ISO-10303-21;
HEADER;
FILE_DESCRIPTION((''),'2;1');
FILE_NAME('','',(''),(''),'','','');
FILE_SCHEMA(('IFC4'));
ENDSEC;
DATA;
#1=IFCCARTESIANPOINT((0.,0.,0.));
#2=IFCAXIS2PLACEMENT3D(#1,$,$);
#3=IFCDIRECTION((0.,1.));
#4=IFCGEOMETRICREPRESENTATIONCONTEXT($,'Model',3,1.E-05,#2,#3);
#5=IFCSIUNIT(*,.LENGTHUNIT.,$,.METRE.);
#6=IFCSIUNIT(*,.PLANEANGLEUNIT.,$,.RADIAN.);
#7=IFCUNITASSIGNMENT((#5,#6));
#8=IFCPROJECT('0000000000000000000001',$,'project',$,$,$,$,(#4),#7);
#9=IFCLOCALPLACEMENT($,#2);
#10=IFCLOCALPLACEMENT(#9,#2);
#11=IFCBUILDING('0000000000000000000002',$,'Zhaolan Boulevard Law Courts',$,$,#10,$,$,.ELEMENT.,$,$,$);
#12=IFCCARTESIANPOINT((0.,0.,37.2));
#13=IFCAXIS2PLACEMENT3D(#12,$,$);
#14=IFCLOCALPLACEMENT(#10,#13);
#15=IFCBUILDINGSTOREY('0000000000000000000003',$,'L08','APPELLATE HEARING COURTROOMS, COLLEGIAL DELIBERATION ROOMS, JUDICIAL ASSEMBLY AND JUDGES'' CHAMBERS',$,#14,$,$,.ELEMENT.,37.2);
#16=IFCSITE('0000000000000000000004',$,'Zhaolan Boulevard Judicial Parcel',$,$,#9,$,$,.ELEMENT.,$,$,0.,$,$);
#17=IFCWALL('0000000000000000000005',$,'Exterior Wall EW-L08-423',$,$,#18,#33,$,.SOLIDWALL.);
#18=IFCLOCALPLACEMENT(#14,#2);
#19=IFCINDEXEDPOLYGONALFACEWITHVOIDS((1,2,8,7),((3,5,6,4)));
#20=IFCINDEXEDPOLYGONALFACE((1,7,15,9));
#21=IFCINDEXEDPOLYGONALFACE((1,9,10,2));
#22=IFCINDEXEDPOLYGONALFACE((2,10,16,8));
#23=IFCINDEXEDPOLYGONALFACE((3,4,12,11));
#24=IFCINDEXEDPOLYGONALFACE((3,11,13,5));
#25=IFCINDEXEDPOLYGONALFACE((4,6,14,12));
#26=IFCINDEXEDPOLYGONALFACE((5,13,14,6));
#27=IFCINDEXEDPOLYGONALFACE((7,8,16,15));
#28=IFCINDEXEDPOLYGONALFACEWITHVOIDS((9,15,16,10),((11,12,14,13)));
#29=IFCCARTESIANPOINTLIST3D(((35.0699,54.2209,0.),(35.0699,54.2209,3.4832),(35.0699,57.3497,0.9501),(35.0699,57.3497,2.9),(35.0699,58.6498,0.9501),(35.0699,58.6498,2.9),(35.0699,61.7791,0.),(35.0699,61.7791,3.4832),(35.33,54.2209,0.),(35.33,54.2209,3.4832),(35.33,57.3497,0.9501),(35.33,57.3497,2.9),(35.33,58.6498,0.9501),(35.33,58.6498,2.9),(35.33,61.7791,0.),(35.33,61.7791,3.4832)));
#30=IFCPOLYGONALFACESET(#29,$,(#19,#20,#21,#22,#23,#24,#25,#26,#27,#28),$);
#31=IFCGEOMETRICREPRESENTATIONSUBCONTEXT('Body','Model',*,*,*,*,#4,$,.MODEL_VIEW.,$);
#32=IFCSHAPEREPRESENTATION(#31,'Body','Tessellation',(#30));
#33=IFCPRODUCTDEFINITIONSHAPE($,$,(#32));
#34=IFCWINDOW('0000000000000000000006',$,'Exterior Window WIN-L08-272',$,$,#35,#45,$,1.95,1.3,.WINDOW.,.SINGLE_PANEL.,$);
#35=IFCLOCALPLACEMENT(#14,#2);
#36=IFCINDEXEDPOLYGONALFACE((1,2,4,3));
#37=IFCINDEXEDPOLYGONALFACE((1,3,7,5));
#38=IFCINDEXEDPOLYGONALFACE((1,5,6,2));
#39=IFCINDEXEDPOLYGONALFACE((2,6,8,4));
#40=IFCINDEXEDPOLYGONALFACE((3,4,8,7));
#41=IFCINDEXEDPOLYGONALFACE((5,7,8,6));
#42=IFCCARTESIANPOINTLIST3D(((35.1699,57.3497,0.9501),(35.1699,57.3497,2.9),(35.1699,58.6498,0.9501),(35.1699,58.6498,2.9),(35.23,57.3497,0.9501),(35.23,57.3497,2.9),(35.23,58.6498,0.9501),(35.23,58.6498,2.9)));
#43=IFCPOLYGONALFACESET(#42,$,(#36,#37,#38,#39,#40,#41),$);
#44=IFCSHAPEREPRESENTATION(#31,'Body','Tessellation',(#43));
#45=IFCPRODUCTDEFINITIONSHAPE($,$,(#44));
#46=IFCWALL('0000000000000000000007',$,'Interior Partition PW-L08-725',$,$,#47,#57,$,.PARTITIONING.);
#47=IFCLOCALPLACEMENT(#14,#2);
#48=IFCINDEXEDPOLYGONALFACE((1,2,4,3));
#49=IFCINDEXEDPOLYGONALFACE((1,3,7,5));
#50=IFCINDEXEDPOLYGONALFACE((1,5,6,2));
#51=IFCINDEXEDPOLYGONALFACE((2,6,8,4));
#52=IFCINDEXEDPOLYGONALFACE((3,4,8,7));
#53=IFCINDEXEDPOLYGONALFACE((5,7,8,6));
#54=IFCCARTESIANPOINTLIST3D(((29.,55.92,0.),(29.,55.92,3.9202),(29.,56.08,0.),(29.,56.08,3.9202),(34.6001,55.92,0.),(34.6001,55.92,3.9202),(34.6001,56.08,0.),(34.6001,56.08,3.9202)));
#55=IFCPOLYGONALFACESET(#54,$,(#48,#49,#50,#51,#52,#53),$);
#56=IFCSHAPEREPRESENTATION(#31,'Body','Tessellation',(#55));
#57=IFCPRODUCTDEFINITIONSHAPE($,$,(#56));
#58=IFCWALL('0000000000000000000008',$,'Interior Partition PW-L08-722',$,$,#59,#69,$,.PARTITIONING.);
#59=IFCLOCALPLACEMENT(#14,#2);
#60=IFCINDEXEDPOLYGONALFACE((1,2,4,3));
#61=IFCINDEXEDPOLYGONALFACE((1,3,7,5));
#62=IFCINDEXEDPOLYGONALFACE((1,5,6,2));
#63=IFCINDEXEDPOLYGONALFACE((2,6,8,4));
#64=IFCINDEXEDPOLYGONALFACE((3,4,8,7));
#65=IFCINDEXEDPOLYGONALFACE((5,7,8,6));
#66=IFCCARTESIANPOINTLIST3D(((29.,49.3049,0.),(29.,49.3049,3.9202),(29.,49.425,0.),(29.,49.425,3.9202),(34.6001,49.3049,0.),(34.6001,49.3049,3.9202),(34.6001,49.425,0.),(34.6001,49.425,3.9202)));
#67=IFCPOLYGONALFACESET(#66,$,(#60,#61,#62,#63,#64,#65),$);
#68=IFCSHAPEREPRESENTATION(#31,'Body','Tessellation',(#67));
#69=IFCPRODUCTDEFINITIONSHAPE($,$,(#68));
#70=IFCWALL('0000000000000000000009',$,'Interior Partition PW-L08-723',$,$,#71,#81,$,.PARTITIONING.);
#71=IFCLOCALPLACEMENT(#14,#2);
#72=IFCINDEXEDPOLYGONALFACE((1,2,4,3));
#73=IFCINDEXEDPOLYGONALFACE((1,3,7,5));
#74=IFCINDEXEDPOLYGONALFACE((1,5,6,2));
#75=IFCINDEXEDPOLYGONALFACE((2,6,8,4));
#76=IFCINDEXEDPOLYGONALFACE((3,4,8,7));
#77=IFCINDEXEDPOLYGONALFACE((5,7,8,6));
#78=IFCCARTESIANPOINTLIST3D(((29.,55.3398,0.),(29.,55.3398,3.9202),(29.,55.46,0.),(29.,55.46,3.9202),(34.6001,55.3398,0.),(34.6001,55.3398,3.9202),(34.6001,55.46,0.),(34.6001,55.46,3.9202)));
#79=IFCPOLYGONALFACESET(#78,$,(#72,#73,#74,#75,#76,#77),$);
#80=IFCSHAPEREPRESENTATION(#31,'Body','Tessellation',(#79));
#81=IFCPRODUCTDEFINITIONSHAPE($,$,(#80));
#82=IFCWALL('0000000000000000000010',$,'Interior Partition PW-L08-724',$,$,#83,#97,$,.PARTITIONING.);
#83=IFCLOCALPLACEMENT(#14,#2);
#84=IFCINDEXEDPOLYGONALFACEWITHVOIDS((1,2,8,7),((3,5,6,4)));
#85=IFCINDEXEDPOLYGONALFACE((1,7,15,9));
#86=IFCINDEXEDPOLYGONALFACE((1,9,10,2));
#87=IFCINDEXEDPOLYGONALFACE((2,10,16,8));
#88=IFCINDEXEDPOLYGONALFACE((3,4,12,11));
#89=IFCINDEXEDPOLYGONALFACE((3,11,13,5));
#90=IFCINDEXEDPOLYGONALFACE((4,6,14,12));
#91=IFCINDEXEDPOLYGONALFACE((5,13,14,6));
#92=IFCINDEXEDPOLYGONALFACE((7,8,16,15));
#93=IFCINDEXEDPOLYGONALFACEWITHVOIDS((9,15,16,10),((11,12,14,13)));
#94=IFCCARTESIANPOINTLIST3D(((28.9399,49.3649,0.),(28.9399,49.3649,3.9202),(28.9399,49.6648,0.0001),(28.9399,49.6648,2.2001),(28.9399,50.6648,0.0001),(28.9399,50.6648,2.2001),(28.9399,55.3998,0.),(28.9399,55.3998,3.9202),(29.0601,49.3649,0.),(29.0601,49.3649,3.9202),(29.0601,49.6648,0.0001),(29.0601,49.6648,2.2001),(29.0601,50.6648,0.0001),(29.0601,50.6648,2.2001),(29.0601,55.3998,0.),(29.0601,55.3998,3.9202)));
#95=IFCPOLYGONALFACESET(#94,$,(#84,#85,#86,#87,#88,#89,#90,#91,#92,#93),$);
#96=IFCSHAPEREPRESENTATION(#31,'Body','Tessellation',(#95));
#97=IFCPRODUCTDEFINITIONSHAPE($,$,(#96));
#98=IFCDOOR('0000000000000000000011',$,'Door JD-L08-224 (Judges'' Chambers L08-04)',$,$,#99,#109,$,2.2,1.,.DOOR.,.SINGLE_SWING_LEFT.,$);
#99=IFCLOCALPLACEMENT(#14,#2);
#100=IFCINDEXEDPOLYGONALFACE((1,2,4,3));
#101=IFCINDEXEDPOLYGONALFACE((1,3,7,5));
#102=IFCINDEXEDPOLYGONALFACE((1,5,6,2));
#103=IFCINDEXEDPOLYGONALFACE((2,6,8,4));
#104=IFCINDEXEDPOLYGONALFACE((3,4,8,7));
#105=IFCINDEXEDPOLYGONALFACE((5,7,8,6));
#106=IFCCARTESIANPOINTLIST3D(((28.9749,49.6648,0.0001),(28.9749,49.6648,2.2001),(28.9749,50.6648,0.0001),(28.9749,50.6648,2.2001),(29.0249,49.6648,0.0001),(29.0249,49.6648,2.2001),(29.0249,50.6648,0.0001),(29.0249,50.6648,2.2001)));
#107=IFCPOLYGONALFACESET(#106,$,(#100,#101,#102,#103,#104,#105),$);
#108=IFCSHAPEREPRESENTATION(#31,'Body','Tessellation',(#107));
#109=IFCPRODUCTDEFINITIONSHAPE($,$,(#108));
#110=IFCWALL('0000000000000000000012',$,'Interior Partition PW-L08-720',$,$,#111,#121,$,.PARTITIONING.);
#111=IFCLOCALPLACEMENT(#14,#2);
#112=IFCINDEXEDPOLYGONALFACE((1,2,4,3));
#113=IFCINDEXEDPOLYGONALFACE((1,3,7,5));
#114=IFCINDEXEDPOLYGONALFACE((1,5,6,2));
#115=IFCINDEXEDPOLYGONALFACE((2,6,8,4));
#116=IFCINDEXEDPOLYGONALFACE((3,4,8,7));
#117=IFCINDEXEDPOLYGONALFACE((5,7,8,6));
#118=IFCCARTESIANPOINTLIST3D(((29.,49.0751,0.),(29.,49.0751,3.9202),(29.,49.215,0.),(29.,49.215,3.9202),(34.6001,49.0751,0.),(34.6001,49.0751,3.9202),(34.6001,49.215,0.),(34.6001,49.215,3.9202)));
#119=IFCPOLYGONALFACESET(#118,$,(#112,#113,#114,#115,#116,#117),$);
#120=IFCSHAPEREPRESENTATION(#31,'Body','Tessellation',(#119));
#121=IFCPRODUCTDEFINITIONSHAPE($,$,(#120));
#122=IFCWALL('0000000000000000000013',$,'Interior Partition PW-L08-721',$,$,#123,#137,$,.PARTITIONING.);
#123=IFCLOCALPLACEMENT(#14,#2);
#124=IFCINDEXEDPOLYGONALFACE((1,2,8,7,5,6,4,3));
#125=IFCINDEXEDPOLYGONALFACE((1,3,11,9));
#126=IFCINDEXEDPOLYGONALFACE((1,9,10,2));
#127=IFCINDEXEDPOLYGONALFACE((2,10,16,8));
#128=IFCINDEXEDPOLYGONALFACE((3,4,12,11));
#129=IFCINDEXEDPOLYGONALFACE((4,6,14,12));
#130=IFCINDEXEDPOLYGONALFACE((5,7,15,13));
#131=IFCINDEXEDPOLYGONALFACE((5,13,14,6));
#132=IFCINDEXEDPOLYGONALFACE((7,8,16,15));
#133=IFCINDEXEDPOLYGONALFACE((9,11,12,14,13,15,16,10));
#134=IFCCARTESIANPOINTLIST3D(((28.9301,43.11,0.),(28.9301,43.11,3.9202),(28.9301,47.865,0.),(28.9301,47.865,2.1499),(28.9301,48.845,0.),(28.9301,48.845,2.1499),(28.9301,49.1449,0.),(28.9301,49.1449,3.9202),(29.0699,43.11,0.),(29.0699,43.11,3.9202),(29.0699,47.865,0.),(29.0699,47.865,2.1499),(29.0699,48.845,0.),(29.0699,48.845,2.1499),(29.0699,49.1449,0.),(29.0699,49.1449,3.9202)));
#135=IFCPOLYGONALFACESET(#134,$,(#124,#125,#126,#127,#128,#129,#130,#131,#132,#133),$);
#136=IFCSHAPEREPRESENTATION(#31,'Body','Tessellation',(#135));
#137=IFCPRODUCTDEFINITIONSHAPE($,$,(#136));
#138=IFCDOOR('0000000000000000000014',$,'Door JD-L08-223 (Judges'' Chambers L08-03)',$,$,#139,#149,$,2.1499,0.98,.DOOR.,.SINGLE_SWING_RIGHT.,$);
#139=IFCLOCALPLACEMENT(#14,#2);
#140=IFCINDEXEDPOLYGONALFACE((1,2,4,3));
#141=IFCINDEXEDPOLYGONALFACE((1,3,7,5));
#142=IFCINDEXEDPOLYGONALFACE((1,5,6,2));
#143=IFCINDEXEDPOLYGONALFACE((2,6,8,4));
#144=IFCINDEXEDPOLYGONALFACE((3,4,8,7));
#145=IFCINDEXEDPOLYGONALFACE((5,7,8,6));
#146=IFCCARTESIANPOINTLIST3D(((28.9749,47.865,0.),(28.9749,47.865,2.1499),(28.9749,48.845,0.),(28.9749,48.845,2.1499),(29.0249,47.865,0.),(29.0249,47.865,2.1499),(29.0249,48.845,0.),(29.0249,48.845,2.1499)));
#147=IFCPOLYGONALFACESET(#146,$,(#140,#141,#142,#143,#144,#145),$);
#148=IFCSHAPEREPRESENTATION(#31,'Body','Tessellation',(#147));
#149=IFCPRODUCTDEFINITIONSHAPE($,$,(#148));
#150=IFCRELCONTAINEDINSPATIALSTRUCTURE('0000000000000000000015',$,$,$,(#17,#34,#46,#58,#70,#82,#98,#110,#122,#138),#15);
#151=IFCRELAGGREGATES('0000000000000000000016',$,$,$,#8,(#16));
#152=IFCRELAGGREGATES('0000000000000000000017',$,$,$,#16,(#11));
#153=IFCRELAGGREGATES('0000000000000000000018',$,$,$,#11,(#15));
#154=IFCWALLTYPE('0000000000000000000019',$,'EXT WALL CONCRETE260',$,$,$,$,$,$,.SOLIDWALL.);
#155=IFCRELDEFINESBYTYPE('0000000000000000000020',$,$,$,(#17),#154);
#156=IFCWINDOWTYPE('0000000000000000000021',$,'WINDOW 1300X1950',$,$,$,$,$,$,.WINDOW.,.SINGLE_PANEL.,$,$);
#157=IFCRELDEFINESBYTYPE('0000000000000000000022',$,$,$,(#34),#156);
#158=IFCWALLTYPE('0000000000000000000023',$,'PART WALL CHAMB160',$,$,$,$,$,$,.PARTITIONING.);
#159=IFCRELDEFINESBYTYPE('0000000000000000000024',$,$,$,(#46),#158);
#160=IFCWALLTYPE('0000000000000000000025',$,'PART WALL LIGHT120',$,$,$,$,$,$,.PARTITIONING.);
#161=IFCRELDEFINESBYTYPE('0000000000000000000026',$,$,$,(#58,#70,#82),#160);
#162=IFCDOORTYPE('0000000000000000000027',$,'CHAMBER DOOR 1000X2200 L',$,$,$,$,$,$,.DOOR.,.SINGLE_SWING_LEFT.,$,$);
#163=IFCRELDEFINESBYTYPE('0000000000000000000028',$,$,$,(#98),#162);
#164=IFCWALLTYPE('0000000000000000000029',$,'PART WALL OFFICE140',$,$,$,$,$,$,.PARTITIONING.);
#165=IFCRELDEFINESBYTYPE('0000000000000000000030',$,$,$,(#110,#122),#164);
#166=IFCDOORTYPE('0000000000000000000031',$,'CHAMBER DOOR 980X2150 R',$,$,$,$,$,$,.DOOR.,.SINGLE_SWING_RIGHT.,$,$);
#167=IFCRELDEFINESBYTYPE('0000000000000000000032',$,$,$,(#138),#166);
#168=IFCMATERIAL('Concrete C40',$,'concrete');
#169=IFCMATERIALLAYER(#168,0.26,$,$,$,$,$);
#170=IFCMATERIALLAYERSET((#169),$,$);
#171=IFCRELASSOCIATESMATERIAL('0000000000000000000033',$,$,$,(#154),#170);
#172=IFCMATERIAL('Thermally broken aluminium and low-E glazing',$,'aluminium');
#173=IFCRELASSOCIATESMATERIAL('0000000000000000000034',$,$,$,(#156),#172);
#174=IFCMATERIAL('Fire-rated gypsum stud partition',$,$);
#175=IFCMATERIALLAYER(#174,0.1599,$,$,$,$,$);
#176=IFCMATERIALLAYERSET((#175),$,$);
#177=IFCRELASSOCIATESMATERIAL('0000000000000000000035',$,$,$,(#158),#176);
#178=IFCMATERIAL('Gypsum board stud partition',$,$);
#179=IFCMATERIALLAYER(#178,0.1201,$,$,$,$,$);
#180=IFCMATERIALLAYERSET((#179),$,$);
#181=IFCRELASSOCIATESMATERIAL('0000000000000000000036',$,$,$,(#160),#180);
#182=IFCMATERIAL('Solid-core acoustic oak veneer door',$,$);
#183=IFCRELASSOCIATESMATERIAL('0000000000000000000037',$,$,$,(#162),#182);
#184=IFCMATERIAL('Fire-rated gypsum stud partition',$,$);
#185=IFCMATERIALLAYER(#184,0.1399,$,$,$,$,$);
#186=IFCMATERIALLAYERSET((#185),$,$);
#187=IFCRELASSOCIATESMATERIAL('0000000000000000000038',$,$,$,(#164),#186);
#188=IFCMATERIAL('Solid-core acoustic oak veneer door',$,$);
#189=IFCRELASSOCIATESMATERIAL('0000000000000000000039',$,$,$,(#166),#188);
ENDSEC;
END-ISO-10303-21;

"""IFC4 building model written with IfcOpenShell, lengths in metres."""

from ifc_helpers import new_model, si_unit, direction, frame, frame_2d, origin, place, context, subcontext, project, spatial, rectangle, extrude, material, layer, layer_set, type_object, element, fill, save


model = new_model("IFC4")

# Units and contexts
model_context = context("Model", 3, precision=1e-05, world=origin(), true_north=direction((0.0, 1.0)))
body_context = subcontext(model_context, "Body", "Model", "MODEL_VIEW")
ifc_project = project(units=[si_unit("LENGTHUNIT", "METRE"), si_unit("PLANEANGLEUNIT", "RADIAN")], contexts=[model_context])

# Site, building, storey
site_placement = place(None, origin())
site = spatial("IfcSite", under=ifc_project, at=site_placement, Name="Zhaolan Boulevard Judicial Parcel", CompositionType="ELEMENT", RefElevation=0.0)
building_placement = place(site_placement, origin())
building = spatial("IfcBuilding", under=site, at=building_placement, Name="Zhaolan Boulevard Law Courts", CompositionType="ELEMENT")
storey_placement = place(building_placement, frame((0.0, 0.0, 37.2)))
storey = spatial("IfcBuildingStorey", under=building, at=storey_placement, Name="L08", Description="APPELLATE HEARING COURTROOMS, COLLEGIAL DELIBERATION ROOMS, JUDICIAL ASSEMBLY AND JUDGES' CHAMBERS", CompositionType="ELEMENT", Elevation=37.2)

# Wall, opening, window
ifc_material_1 = material(Name="Concrete C40", Category="concrete")
ifc_layer_1 = layer(ifc_material_1, 0.26)
ifc_layer_set_1 = layer_set([ifc_layer_1])
wall_type_1 = type_object("IfcWallType", Name="EXT WALL CONCRETE260", PredefinedType="SOLIDWALL", material=ifc_layer_set_1)
wall_1_placement = place(storey_placement, frame((35.2, 54.2209, 0.0), z_axis=(0.0, 0.0, 1.0), x_axis=(0.0, 1.0, 0.0)))
wall_1 = element("IfcWall", 1, at=wall_1_placement, inside=storey, type_object=wall_type_1, Name="Exterior Wall EW-L08-423", PredefinedType="SOLIDWALL", context=body_context, shape_type="SweptSolid", body=[
    extrude(rectangle(XDim=7.5581, YDim=0.26, at=frame_2d((3.7791, 0.0))), origin(), (0.0, 0.0, 1.0), 3.4832),
])
opening_1_placement = place(wall_1_placement, frame((3.1289, 0.0, 0.95)))
opening_1 = element("IfcOpeningElement", 2, at=opening_1_placement, cuts=wall_1, PredefinedType="OPENING", context=body_context, shape_type="SweptSolid", body=[
    extrude(rectangle(XDim=1.3, YDim=1.95, at=frame_2d((0.6499, 0.9751))), frame((0.0, 0.1399, 0.0), z_axis=(0.0, -1.0, 0.0), x_axis=(1.0, 0.0, 0.0)), (0.0, 0.0, 1.0), 0.28),
])
ifc_material_2 = material(Name="Thermally broken aluminium and low-E glazing", Category="aluminium")
window_type = type_object("IfcWindowType", Name="WINDOW 1300X1950", PartitioningType="SINGLE_PANEL", PredefinedType="WINDOW", material=ifc_material_2)
window_placement = place(opening_1_placement, origin())
window = element("IfcWindow", 3, at=window_placement, inside=storey, type_object=window_type, Name="Exterior Window WIN-L08-272", OverallHeight=1.95, OverallWidth=1.3, PartitioningType="SINGLE_PANEL", PredefinedType="WINDOW", context=body_context, shape_type="SweptSolid", body=[
    extrude(rectangle(XDim=1.3, YDim=1.95, at=frame_2d((0.6499, 0.9751))), frame((0.0, 0.03, 0.0), z_axis=(0.0, -1.0, 0.0), x_axis=(1.0, 0.0, 0.0)), (0.0, 0.0, 1.0), 0.0601),
])
fill(opening_1, window)

# Walls
ifc_material_3 = material(Name="Fire-rated gypsum stud partition")
ifc_layer_2 = layer(ifc_material_3, 0.1599)
ifc_layer_set_2 = layer_set([ifc_layer_2])
wall_type_2 = type_object("IfcWallType", Name="PART WALL CHAMB160", PredefinedType="PARTITIONING", material=ifc_layer_set_2)
wall_2_placement = place(storey_placement, frame((29.0, 56.0, 0.0), z_axis=(0.0, 0.0, 1.0), x_axis=(1.0, 0.0, 0.0)))
element("IfcWall", 4, at=wall_2_placement, inside=storey, type_object=wall_type_2, Name="Interior Partition PW-L08-725", PredefinedType="PARTITIONING", context=body_context, shape_type="SweptSolid", body=[
    extrude(rectangle(XDim=5.6001, YDim=0.1599, at=frame_2d((2.8, 0.0))), origin(), (0.0, 0.0, 1.0), 3.9202),
])
ifc_material_4 = material(Name="Gypsum board stud partition")
ifc_layer_3 = layer(ifc_material_4, 0.1201)
ifc_layer_set_3 = layer_set([ifc_layer_3])
wall_type_3 = type_object("IfcWallType", Name="PART WALL LIGHT120", PredefinedType="PARTITIONING", material=ifc_layer_set_3)
for number, where, z_axis, x_axis, name in (
    (5, (29.0, 49.365, 0.0), (0.0, 0.0, 1.0), (1.0, 0.0, 0.0), "Interior Partition PW-L08-722"),
    (6, (34.6001, 55.3999, 0.0), (0.0, 0.0, 1.0), (-1.0, 0.0, 0.0), "Interior Partition PW-L08-723"),
):
    element("IfcWall", number, at=place(storey_placement, frame(where, z_axis=z_axis, x_axis=x_axis)), inside=storey, type_object=wall_type_3, Name=name, PredefinedType="PARTITIONING", context=body_context, shape_type="SweptSolid", body=[
        extrude(rectangle(XDim=5.6001, YDim=0.1201, at=frame_2d((2.8, 0.0))), origin(), (0.0, 0.0, 1.0), 3.9202),
    ])

# Wall, opening, door
wall_3_placement = place(storey_placement, frame((29.0, 55.3999, 0.0), z_axis=(0.0, 0.0, 1.0), x_axis=(0.0, -1.0, 0.0)))
wall_3 = element("IfcWall", 7, at=wall_3_placement, inside=storey, type_object=wall_type_3, Name="Interior Partition PW-L08-724", PredefinedType="PARTITIONING", context=body_context, shape_type="SweptSolid", body=[
    extrude(rectangle(XDim=6.0349, YDim=0.1201, at=frame_2d((3.0176, 0.0))), origin(), (0.0, 0.0, 1.0), 3.9202),
])
opening_2_placement = place(wall_3_placement, frame((4.7351, 0.0, 0.0)))
opening_2 = element("IfcOpeningElement", 8, at=opening_2_placement, cuts=wall_3, PredefinedType="OPENING", context=body_context, shape_type="SweptSolid", body=[
    extrude(rectangle(XDim=1.0, YDim=2.2, at=frame_2d((0.5, 1.1001))), frame((0.0, 0.0701, 0.0), z_axis=(0.0, -1.0, 0.0), x_axis=(1.0, 0.0, 0.0)), (0.0, 0.0, 1.0), 0.1401),
])
ifc_material_5 = material(Name="Solid-core acoustic oak veneer door")
door_type_1 = type_object("IfcDoorType", Name="CHAMBER DOOR 1000X2200 L", OperationType="SINGLE_SWING_LEFT", PredefinedType="DOOR", material=ifc_material_5)
door_1_placement = place(opening_2_placement, origin())
door_1 = element("IfcDoor", 9, at=door_1_placement, inside=storey, type_object=door_type_1, Name="Door JD-L08-224 (Judges' Chambers L08-04)", OperationType="SINGLE_SWING_LEFT", OverallHeight=2.2, OverallWidth=1.0, PredefinedType="DOOR", context=body_context, shape_type="SweptSolid", body=[
    extrude(rectangle(XDim=1.0, YDim=2.2, at=frame_2d((0.5, 1.1001))), frame((0.0, 0.0249, 0.0), z_axis=(0.0, -1.0, 0.0), x_axis=(1.0, 0.0, 0.0)), (0.0, 0.0, 1.0), 0.05),
])
fill(opening_2, door_1)

# Wall
ifc_material_6 = material(Name="Fire-rated gypsum stud partition")
ifc_layer_4 = layer(ifc_material_6, 0.1399)
ifc_layer_set_4 = layer_set([ifc_layer_4])
wall_type_4 = type_object("IfcWallType", Name="PART WALL OFFICE140", PredefinedType="PARTITIONING", material=ifc_layer_set_4)
wall_4_placement = place(storey_placement, frame((34.6001, 49.145, 0.0), z_axis=(0.0, 0.0, 1.0), x_axis=(-1.0, 0.0, 0.0)))
element("IfcWall", 10, at=wall_4_placement, inside=storey, type_object=wall_type_4, Name="Interior Partition PW-L08-720", PredefinedType="PARTITIONING", context=body_context, shape_type="SweptSolid", body=[
    extrude(rectangle(XDim=5.6001, YDim=0.1399, at=frame_2d((2.8, 0.0))), origin(), (0.0, 0.0, 1.0), 3.9202),
])

# Wall, opening, door
wall_5_placement = place(storey_placement, frame((29.0, 49.145, 0.0), z_axis=(0.0, 0.0, 1.0), x_axis=(0.0, -1.0, 0.0)))
wall_5 = element("IfcWall", 11, at=wall_5_placement, inside=storey, type_object=wall_type_4, Name="Interior Partition PW-L08-721", PredefinedType="PARTITIONING", context=body_context, shape_type="SweptSolid", body=[
    extrude(rectangle(XDim=6.0349, YDim=0.1399, at=frame_2d((3.0176, 0.0))), origin(), (0.0, 0.0, 1.0), 3.9202),
])
opening_3_placement = place(wall_5_placement, frame((0.3, 0.0, 0.0)))
opening_3 = element("IfcOpeningElement", 12, at=opening_3_placement, cuts=wall_5, PredefinedType="OPENING", context=body_context, shape_type="SweptSolid", body=[
    extrude(rectangle(XDim=0.98, YDim=2.1499, at=frame_2d((0.49, 1.075))), frame((0.0, 0.0798, 0.0), z_axis=(0.0, -1.0, 0.0), x_axis=(1.0, 0.0, 0.0)), (0.0, 0.0, 1.0), 0.1599),
])
ifc_material_7 = material(Name="Solid-core acoustic oak veneer door")
door_type_2 = type_object("IfcDoorType", Name="CHAMBER DOOR 980X2150 R", OperationType="SINGLE_SWING_RIGHT", PredefinedType="DOOR", material=ifc_material_7)
door_2_placement = place(opening_3_placement, origin())
door_2 = element("IfcDoor", 13, at=door_2_placement, inside=storey, type_object=door_type_2, Name="Door JD-L08-223 (Judges' Chambers L08-03)", OperationType="SINGLE_SWING_RIGHT", OverallHeight=2.1499, OverallWidth=0.98, PredefinedType="DOOR", context=body_context, shape_type="SweptSolid", body=[
    extrude(rectangle(XDim=0.98, YDim=2.1499, at=frame_2d((0.49, 1.075))), frame((0.0, 0.0249, 0.0), z_axis=(0.0, -1.0, 0.0), x_axis=(1.0, 0.0, 0.0)), (0.0, 0.0, 1.0), 0.05),
])
fill(opening_3, door_2)

save(model, "model.ifc")
